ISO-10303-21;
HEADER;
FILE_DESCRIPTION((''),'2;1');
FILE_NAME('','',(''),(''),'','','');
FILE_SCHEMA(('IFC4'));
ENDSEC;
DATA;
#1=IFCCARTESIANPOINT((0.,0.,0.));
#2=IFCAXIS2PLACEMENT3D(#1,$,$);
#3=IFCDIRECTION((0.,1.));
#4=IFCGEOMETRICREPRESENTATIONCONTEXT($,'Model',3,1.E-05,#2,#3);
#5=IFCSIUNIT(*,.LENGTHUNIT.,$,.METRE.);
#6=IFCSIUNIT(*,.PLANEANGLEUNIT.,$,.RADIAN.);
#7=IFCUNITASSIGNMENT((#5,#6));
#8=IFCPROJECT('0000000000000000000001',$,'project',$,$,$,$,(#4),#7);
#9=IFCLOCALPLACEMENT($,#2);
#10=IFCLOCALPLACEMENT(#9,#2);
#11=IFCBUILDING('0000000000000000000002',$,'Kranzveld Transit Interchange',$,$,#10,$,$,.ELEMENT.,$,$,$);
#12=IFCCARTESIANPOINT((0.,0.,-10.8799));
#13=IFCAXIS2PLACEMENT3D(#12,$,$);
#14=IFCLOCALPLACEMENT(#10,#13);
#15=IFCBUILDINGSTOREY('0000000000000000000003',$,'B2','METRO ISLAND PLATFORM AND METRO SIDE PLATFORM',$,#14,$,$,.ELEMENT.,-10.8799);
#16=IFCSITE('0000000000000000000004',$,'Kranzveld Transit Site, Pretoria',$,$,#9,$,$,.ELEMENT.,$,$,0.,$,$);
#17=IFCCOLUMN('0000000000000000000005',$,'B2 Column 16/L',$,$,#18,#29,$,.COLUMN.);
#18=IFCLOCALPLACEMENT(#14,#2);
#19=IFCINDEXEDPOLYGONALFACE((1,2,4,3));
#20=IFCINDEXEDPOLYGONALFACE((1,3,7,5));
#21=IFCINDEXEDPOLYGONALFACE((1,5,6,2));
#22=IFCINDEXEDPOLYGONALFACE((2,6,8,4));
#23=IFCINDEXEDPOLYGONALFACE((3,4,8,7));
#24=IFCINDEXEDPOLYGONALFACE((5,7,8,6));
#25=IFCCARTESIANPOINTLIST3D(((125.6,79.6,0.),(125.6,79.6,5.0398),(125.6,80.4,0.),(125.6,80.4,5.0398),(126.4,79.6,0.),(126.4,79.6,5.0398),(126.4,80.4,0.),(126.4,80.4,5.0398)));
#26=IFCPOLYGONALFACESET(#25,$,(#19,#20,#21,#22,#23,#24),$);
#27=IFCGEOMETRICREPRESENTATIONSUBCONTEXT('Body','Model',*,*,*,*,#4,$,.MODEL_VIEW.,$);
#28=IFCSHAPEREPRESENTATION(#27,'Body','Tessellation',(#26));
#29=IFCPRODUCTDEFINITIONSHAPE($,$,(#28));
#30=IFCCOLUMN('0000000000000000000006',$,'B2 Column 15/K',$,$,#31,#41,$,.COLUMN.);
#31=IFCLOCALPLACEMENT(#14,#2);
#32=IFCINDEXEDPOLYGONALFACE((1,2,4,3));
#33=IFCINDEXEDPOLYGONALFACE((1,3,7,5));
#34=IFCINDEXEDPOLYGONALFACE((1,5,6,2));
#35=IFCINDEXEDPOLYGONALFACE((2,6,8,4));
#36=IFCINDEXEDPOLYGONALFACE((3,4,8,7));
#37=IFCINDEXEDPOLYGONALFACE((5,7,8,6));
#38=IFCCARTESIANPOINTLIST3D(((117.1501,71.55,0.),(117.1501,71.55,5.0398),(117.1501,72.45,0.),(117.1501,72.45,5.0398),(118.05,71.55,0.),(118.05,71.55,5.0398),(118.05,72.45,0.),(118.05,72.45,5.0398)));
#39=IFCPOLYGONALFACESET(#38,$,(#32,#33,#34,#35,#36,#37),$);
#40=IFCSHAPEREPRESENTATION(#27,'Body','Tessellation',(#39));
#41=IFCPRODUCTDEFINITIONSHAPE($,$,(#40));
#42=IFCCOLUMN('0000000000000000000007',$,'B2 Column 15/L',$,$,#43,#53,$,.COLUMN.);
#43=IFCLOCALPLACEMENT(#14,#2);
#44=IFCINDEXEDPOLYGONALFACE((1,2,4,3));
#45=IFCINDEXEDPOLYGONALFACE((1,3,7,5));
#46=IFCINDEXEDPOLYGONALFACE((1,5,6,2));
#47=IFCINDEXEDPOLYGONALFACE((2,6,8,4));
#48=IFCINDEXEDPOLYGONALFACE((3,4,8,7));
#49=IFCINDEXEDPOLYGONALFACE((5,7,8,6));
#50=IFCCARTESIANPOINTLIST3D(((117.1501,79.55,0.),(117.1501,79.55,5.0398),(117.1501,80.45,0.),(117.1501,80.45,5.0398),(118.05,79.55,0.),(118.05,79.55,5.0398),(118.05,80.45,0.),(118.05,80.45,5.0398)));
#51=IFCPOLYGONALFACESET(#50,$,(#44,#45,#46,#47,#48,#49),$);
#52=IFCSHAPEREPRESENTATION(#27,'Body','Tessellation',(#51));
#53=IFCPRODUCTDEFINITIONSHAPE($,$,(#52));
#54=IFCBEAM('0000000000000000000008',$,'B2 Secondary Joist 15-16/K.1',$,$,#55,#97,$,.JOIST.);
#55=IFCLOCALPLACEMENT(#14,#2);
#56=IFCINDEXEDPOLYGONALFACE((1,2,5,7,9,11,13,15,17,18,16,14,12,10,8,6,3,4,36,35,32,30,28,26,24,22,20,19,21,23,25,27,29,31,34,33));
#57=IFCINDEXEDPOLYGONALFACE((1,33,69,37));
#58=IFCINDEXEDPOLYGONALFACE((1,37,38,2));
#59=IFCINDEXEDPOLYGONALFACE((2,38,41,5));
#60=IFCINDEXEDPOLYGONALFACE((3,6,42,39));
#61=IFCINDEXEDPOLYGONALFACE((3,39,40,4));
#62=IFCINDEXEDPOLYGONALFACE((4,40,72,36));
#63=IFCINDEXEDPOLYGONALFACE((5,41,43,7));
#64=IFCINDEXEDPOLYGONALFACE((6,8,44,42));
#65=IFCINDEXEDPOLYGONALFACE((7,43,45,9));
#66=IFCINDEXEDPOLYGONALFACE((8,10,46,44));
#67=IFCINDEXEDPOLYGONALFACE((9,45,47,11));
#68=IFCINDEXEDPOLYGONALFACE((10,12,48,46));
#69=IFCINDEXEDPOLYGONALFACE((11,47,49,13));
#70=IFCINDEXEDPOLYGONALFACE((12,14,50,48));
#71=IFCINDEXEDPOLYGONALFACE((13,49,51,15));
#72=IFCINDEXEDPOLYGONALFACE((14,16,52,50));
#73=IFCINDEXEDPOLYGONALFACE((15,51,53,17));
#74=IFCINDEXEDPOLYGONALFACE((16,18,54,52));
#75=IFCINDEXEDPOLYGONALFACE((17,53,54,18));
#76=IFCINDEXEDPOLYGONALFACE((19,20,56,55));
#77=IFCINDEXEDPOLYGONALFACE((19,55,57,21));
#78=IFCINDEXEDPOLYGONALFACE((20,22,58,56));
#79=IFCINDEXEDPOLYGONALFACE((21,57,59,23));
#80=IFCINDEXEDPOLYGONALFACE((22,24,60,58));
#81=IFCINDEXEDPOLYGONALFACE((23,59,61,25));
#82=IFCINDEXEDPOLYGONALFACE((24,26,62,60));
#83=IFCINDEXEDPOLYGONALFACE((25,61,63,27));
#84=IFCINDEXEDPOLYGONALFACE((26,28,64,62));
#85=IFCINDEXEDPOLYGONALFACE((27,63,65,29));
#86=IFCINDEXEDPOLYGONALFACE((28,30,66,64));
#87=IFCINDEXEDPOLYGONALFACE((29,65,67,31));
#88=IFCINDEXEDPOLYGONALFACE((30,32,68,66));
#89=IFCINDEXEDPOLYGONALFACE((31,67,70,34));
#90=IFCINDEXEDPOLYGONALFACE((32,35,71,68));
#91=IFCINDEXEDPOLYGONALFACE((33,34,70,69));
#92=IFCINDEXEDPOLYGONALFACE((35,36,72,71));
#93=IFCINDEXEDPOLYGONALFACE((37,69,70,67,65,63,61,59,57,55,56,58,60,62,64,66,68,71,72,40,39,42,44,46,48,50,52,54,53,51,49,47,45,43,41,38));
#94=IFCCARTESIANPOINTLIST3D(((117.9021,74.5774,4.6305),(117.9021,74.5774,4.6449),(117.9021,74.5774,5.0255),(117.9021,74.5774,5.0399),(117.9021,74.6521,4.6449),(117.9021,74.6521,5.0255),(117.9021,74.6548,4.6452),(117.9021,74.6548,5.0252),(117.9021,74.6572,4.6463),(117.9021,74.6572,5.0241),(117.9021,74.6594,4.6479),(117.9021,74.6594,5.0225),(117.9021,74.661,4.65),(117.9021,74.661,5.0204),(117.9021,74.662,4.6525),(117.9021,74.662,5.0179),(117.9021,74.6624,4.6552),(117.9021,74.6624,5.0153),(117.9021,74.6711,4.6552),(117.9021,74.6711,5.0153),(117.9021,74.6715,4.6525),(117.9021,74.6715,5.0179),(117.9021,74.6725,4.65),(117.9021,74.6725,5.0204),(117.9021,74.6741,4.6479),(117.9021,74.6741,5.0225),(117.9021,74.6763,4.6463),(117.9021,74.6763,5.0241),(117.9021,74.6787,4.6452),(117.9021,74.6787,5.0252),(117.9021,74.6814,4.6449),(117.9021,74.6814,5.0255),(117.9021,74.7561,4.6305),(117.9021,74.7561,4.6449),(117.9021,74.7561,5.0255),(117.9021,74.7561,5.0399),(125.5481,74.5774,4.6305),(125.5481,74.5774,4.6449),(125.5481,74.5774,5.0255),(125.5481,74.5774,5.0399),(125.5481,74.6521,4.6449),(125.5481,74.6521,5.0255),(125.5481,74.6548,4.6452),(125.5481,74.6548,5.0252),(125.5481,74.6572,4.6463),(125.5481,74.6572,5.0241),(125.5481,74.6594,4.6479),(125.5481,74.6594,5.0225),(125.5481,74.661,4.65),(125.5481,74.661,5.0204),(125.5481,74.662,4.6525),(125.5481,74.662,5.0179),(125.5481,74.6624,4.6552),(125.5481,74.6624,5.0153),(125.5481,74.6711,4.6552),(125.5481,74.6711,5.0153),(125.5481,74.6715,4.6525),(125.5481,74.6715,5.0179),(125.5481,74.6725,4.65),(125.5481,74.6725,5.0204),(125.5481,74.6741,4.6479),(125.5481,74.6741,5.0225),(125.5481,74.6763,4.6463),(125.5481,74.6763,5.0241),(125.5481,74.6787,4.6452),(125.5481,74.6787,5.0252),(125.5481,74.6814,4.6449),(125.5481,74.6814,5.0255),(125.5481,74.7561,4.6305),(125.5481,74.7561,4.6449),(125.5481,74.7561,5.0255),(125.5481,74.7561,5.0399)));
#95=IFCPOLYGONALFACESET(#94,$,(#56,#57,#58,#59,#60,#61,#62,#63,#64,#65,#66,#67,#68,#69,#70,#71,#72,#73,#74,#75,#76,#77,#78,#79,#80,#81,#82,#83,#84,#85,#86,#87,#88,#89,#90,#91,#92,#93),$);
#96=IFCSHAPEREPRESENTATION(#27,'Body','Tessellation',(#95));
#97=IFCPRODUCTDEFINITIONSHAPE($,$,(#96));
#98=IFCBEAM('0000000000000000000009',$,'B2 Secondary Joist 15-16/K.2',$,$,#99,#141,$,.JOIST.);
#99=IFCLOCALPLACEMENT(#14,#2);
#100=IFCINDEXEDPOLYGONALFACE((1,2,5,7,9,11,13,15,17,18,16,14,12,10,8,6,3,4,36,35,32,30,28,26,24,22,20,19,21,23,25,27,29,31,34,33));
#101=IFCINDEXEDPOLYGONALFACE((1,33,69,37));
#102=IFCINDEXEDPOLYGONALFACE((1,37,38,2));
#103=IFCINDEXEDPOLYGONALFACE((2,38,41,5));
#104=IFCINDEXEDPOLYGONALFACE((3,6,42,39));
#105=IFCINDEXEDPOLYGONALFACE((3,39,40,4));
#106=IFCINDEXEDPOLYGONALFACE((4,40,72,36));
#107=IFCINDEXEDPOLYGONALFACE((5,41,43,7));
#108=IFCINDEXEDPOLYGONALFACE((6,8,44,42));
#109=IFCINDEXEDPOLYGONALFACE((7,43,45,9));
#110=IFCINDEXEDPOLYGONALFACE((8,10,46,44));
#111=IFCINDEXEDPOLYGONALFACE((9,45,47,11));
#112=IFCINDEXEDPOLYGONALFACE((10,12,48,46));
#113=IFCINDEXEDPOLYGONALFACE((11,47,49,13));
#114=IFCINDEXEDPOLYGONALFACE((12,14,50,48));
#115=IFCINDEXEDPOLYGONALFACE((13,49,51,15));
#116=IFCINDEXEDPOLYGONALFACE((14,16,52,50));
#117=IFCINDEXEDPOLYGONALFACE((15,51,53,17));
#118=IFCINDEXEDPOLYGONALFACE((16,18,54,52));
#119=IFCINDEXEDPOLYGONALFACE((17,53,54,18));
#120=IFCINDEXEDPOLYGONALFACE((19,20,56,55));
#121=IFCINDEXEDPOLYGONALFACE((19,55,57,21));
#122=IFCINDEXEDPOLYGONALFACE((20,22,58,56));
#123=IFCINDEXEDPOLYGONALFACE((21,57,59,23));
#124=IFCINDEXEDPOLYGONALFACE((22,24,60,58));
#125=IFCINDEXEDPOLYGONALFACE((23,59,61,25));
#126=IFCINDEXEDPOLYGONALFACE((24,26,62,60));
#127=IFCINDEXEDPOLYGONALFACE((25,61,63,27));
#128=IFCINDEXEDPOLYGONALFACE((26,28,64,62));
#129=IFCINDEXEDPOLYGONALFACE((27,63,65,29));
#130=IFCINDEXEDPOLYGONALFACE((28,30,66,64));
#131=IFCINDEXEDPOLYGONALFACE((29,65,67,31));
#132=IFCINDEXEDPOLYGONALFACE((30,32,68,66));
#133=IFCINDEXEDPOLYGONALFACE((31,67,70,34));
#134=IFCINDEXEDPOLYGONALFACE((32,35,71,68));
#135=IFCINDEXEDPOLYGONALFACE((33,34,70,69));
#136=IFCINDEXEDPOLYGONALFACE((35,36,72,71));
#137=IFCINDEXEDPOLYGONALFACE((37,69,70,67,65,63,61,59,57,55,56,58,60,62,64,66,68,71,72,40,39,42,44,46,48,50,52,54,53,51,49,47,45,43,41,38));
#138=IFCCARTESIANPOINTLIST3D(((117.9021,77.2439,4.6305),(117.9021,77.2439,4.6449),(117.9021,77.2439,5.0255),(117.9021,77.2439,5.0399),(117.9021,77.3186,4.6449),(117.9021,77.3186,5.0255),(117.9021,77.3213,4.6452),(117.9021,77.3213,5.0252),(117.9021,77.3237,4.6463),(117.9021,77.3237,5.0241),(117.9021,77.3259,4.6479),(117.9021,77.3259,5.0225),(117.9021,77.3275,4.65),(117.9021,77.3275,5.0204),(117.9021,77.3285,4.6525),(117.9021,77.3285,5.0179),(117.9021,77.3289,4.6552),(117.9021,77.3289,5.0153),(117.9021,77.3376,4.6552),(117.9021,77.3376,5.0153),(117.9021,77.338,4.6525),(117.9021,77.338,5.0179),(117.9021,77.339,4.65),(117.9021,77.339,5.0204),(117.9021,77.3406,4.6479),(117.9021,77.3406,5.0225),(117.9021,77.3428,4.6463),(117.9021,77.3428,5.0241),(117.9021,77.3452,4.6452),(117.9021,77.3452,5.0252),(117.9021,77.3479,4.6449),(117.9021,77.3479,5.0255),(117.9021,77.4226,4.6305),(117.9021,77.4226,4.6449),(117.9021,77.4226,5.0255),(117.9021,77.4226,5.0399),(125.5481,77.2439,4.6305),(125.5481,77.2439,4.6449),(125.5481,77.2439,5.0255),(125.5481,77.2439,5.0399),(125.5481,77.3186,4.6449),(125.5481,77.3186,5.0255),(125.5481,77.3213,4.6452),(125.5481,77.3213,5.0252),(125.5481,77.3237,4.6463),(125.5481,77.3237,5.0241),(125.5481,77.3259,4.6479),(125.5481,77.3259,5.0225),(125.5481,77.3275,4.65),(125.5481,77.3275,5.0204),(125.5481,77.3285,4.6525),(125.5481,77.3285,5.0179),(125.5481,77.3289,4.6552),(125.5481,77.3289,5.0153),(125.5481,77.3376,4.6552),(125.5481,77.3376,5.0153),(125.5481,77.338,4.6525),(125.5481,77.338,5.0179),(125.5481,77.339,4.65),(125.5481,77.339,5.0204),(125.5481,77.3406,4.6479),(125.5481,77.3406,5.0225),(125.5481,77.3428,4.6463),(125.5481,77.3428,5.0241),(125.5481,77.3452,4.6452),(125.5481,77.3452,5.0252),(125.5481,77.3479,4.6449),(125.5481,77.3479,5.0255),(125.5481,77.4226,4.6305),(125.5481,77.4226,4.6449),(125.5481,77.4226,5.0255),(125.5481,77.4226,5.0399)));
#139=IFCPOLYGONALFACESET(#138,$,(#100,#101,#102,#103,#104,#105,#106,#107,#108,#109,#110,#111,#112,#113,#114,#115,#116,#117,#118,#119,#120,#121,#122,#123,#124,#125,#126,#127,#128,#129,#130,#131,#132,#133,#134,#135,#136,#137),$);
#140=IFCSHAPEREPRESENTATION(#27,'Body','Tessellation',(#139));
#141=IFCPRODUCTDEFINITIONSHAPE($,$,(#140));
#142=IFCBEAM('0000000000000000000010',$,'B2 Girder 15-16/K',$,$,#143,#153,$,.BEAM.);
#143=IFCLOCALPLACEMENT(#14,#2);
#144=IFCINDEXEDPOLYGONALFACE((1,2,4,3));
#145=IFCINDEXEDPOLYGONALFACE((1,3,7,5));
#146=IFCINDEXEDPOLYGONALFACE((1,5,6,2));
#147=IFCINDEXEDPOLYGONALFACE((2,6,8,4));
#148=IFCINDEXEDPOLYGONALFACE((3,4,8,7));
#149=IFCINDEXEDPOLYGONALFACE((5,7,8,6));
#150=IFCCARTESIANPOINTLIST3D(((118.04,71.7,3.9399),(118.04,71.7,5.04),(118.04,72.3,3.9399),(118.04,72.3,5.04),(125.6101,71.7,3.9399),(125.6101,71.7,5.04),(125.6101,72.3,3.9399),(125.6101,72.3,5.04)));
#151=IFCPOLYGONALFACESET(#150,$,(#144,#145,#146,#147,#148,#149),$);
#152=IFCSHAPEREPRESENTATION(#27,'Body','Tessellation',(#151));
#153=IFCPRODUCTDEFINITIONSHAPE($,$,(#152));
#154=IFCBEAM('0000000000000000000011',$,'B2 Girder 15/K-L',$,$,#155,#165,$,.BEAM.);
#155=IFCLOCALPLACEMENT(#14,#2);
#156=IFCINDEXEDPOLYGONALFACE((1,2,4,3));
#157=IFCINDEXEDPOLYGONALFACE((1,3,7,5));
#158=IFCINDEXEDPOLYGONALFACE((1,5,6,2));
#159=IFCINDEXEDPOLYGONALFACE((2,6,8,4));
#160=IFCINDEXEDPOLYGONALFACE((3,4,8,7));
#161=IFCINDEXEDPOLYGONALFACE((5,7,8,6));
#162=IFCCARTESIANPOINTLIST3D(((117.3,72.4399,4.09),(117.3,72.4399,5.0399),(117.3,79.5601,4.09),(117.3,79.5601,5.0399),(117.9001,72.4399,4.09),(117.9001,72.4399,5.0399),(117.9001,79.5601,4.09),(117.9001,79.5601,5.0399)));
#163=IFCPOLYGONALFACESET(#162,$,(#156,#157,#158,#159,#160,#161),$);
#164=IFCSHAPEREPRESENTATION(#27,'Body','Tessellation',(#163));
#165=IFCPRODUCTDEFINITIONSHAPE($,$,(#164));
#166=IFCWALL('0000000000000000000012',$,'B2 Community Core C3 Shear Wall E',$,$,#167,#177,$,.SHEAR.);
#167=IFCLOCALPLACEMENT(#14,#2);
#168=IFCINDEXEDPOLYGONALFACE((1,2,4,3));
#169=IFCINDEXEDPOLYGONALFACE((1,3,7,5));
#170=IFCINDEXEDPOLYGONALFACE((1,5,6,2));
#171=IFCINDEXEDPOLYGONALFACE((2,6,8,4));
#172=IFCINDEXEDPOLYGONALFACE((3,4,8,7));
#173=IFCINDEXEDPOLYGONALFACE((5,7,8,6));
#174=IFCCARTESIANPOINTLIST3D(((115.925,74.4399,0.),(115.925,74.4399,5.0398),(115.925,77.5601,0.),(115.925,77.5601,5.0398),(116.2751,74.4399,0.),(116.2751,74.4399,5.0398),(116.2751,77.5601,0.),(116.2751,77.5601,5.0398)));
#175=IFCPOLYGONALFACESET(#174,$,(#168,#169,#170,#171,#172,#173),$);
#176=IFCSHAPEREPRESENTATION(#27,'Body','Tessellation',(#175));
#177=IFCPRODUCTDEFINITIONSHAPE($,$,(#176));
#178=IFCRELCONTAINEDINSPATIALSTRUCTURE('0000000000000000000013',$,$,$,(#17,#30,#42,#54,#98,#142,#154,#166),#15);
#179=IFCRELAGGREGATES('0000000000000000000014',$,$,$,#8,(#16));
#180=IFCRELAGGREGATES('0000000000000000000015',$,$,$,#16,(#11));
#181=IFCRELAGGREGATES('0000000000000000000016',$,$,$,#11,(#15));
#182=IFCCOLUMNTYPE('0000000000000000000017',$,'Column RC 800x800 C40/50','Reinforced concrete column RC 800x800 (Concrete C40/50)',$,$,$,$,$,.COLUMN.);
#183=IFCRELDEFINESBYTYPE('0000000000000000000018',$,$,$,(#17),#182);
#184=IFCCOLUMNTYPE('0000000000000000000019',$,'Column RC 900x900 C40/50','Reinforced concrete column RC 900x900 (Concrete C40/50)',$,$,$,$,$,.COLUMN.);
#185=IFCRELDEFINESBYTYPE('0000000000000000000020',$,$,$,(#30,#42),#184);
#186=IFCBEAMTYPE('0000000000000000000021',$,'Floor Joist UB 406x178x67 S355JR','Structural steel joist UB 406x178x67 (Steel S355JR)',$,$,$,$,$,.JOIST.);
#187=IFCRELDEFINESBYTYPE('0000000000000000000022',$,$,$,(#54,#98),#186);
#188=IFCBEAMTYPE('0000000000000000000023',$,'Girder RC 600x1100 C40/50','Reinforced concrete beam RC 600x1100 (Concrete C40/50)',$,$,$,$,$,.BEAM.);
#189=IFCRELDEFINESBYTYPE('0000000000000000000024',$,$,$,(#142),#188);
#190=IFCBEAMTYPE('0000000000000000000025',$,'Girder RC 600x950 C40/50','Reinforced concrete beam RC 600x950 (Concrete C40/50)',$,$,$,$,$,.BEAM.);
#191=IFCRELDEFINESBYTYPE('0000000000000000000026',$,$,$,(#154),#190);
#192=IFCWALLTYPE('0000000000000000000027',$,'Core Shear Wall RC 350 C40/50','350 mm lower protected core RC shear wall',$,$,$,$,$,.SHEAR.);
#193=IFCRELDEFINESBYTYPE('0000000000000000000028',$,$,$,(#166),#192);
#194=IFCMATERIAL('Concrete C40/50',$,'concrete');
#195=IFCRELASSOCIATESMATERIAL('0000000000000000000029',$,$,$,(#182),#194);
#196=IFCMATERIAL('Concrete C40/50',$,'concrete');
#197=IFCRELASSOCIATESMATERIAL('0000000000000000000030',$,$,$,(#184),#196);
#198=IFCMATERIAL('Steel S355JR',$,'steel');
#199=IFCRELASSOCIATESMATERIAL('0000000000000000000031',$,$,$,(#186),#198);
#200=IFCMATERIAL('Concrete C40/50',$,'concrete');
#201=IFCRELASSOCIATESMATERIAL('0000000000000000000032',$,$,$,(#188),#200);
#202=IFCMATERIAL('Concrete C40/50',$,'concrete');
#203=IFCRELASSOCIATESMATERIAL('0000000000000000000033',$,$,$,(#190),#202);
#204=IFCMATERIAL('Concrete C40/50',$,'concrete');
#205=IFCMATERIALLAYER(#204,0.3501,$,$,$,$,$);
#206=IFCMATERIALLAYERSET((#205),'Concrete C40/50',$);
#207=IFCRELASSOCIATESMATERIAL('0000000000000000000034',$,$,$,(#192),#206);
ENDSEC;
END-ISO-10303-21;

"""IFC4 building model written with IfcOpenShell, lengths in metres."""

from ifc_helpers import new_model, si_unit, direction, frame, frame_2d, origin, origin_2d, place, context, subcontext, project, spatial, rectangle, i_section, extrude, material, layer, layer_set, material_profile, profile_set, type_object, element, save


model = new_model("IFC4")

# Units and contexts
model_context = context("Model", 3, precision=1e-05, world=origin(), true_north=direction((0.0, 1.0)))
body_context = subcontext(model_context, "Body", "Model", "MODEL_VIEW")
ifc_project = project(units=[si_unit("LENGTHUNIT", "METRE"), si_unit("PLANEANGLEUNIT", "RADIAN")], contexts=[model_context])

# Site, building, storey
site_placement = place(None, origin())
site = spatial("IfcSite", under=ifc_project, at=site_placement, Name="Kranzveld Transit Site, Pretoria", CompositionType="ELEMENT", RefElevation=0.0)
building_placement = place(site_placement, origin())
building = spatial("IfcBuilding", under=site, at=building_placement, Name="Kranzveld Transit Interchange", CompositionType="ELEMENT")
storey_placement = place(building_placement, frame((0.0, 0.0, -10.8799)))
storey = spatial("IfcBuildingStorey", under=building, at=storey_placement, Name="B2", Description="METRO ISLAND PLATFORM AND METRO SIDE PLATFORM", CompositionType="ELEMENT", Elevation=-10.8799)

# Columns
ifc_material_1 = material(Name="Concrete C40/50", Category="concrete")
ifc_material_profile_1 = material_profile(ifc_material_1, rectangle(XDim=0.8, YDim=0.8, at=origin_2d()), Name="RC 800x800")
ifc_profile_set_1 = profile_set([ifc_material_profile_1], Name="Concrete C40/50")
column_type_1 = type_object("IfcColumnType", Name="Column RC 800x800 C40/50", Description="Reinforced concrete column RC 800x800 (Concrete C40/50)", PredefinedType="COLUMN", material=ifc_profile_set_1)
for number, where, z_axis, x_axis, name in (
    (1, (126.0, 80.0, 0.0), (0.0, 0.0, 1.0), (1.0, 0.0, 0.0), "B2 Column 16/L"),
):
    element("IfcColumn", number, at=place(storey_placement, frame(where, z_axis=z_axis, x_axis=x_axis)), inside=storey, type_object=column_type_1, Name=name, PredefinedType="COLUMN", context=body_context, shape_type="SweptSolid", body=[
        extrude(rectangle(XDim=0.8, YDim=0.8, at=origin_2d()), origin(), (0.0, 0.0, 1.0), 5.0398),
    ])
ifc_material_2 = material(Name="Concrete C40/50", Category="concrete")
ifc_material_profile_2 = material_profile(ifc_material_2, rectangle(XDim=0.8999, YDim=0.8999, at=origin_2d()), Name="RC 900x900")
ifc_profile_set_2 = profile_set([ifc_material_profile_2], Name="Concrete C40/50")
column_type_2 = type_object("IfcColumnType", Name="Column RC 900x900 C40/50", Description="Reinforced concrete column RC 900x900 (Concrete C40/50)", PredefinedType="COLUMN", material=ifc_profile_set_2)
for number, where, z_axis, x_axis, name in (
    (2, (117.6001, 72.0, 0.0), (0.0, 0.0, 1.0), (1.0, 0.0, 0.0), "B2 Column 15/K"),
    (3, (117.6001, 80.0, 0.0), (0.0, 0.0, 1.0), (1.0, 0.0, 0.0), "B2 Column 15/L"),
):
    element("IfcColumn", number, at=place(storey_placement, frame(where, z_axis=z_axis, x_axis=x_axis)), inside=storey, type_object=column_type_2, Name=name, PredefinedType="COLUMN", context=body_context, shape_type="SweptSolid", body=[
        extrude(rectangle(XDim=0.8999, YDim=0.8999, at=origin_2d()), origin(), (0.0, 0.0, 1.0), 5.0398),
    ])

# Beams
ifc_material_3 = material(Name="Steel S355JR", Category="steel")
ifc_material_profile_3 = material_profile(ifc_material_3, i_section(OverallWidth=0.1787, OverallDepth=0.4094, WebThickness=0.0088, FlangeThickness=0.0144, FilletRadius=0.0103, at=origin_2d()), Name="UB 406x178x67")
ifc_profile_set_3 = profile_set([ifc_material_profile_3], Name="Steel S355JR")
beam_type_1 = type_object("IfcBeamType", Name="Floor Joist UB 406x178x67 S355JR", Description="Structural steel joist UB 406x178x67 (Steel S355JR)", PredefinedType="JOIST", material=ifc_profile_set_3)
for number, where, z_axis, x_axis, name in (
    (4, (117.9021, 74.6667, 4.8352), (1.0, 0.0, 0.0), (0.0, 1.0, 0.0), "B2 Secondary Joist 15-16/K.1"),
    (5, (117.9021, 77.3333, 4.8352), (1.0, 0.0, 0.0), (0.0, 1.0, 0.0), "B2 Secondary Joist 15-16/K.2"),
):
    element("IfcBeam", number, at=place(storey_placement, frame(where, z_axis=z_axis, x_axis=x_axis)), inside=storey, type_object=beam_type_1, Name=name, PredefinedType="JOIST", context=body_context, shape_type="SweptSolid", body=[
        extrude(i_section(OverallWidth=0.1787, OverallDepth=0.4094, WebThickness=0.0088, FlangeThickness=0.0144, FilletRadius=0.0103, at=origin_2d()), origin(), (0.0, 0.0, 1.0), 7.646),
    ])
ifc_material_4 = material(Name="Concrete C40/50", Category="concrete")
ifc_material_profile_4 = material_profile(ifc_material_4, rectangle(XDim=0.6001, YDim=1.1001, at=origin_2d()), Name="RC 600x1100")
ifc_profile_set_4 = profile_set([ifc_material_profile_4], Name="Concrete C40/50")
beam_type_2 = type_object("IfcBeamType", Name="Girder RC 600x1100 C40/50", Description="Reinforced concrete beam RC 600x1100 (Concrete C40/50)", PredefinedType="BEAM", material=ifc_profile_set_4)
beam_1_placement = place(storey_placement, frame((118.04, 72.0, 4.49), z_axis=(1.0, 0.0, 0.0), x_axis=(0.0, 1.0, 0.0)))
element("IfcBeam", 6, at=beam_1_placement, inside=storey, type_object=beam_type_2, Name="B2 Girder 15-16/K", PredefinedType="BEAM", context=body_context, shape_type="SweptSolid", body=[
    extrude(rectangle(XDim=0.6001, YDim=1.1001, at=origin_2d()), origin(), (0.0, 0.0, 1.0), 7.5701),
])
ifc_material_5 = material(Name="Concrete C40/50", Category="concrete")
ifc_material_profile_5 = material_profile(ifc_material_5, rectangle(XDim=0.6001, YDim=0.95, at=origin_2d()), Name="RC 600x950")
ifc_profile_set_5 = profile_set([ifc_material_profile_5], Name="Concrete C40/50")
beam_type_3 = type_object("IfcBeamType", Name="Girder RC 600x950 C40/50", Description="Reinforced concrete beam RC 600x950 (Concrete C40/50)", PredefinedType="BEAM", material=ifc_profile_set_5)
beam_2_placement = place(storey_placement, frame((117.6001, 72.4399, 4.5649), z_axis=(0.0, 1.0, 0.0), x_axis=(-1.0, 0.0, 0.0)))
element("IfcBeam", 7, at=beam_2_placement, inside=storey, type_object=beam_type_3, Name="B2 Girder 15/K-L", PredefinedType="BEAM", context=body_context, shape_type="SweptSolid", body=[
    extrude(rectangle(XDim=0.6001, YDim=0.95, at=origin_2d()), origin(), (0.0, 0.0, 1.0), 7.1201),
])

# Wall
ifc_material_6 = material(Name="Concrete C40/50", Category="concrete")
ifc_layer_1 = layer(ifc_material_6, 0.3501)
ifc_layer_set_1 = layer_set([ifc_layer_1], Name="Concrete C40/50")
wall_type_1 = type_object("IfcWallType", Name="Core Shear Wall RC 350 C40/50", Description="350 mm lower protected core RC shear wall", PredefinedType="SHEAR", material=ifc_layer_set_1)
wall_1_placement = place(storey_placement, frame((116.1001, 74.4399, 0.0), z_axis=(0.0, 0.0, 1.0), x_axis=(0.0, 1.0, 0.0)))
element("IfcWall", 8, at=wall_1_placement, inside=storey, type_object=wall_type_1, Name="B2 Community Core C3 Shear Wall E", PredefinedType="SHEAR", context=body_context, shape_type="SweptSolid", body=[
    extrude(rectangle(XDim=3.1201, YDim=0.3501, at=frame_2d((1.5601, 0.0))), origin(), (0.0, 0.0, 1.0), 5.0398),
])

save(model, "model.ifc")
